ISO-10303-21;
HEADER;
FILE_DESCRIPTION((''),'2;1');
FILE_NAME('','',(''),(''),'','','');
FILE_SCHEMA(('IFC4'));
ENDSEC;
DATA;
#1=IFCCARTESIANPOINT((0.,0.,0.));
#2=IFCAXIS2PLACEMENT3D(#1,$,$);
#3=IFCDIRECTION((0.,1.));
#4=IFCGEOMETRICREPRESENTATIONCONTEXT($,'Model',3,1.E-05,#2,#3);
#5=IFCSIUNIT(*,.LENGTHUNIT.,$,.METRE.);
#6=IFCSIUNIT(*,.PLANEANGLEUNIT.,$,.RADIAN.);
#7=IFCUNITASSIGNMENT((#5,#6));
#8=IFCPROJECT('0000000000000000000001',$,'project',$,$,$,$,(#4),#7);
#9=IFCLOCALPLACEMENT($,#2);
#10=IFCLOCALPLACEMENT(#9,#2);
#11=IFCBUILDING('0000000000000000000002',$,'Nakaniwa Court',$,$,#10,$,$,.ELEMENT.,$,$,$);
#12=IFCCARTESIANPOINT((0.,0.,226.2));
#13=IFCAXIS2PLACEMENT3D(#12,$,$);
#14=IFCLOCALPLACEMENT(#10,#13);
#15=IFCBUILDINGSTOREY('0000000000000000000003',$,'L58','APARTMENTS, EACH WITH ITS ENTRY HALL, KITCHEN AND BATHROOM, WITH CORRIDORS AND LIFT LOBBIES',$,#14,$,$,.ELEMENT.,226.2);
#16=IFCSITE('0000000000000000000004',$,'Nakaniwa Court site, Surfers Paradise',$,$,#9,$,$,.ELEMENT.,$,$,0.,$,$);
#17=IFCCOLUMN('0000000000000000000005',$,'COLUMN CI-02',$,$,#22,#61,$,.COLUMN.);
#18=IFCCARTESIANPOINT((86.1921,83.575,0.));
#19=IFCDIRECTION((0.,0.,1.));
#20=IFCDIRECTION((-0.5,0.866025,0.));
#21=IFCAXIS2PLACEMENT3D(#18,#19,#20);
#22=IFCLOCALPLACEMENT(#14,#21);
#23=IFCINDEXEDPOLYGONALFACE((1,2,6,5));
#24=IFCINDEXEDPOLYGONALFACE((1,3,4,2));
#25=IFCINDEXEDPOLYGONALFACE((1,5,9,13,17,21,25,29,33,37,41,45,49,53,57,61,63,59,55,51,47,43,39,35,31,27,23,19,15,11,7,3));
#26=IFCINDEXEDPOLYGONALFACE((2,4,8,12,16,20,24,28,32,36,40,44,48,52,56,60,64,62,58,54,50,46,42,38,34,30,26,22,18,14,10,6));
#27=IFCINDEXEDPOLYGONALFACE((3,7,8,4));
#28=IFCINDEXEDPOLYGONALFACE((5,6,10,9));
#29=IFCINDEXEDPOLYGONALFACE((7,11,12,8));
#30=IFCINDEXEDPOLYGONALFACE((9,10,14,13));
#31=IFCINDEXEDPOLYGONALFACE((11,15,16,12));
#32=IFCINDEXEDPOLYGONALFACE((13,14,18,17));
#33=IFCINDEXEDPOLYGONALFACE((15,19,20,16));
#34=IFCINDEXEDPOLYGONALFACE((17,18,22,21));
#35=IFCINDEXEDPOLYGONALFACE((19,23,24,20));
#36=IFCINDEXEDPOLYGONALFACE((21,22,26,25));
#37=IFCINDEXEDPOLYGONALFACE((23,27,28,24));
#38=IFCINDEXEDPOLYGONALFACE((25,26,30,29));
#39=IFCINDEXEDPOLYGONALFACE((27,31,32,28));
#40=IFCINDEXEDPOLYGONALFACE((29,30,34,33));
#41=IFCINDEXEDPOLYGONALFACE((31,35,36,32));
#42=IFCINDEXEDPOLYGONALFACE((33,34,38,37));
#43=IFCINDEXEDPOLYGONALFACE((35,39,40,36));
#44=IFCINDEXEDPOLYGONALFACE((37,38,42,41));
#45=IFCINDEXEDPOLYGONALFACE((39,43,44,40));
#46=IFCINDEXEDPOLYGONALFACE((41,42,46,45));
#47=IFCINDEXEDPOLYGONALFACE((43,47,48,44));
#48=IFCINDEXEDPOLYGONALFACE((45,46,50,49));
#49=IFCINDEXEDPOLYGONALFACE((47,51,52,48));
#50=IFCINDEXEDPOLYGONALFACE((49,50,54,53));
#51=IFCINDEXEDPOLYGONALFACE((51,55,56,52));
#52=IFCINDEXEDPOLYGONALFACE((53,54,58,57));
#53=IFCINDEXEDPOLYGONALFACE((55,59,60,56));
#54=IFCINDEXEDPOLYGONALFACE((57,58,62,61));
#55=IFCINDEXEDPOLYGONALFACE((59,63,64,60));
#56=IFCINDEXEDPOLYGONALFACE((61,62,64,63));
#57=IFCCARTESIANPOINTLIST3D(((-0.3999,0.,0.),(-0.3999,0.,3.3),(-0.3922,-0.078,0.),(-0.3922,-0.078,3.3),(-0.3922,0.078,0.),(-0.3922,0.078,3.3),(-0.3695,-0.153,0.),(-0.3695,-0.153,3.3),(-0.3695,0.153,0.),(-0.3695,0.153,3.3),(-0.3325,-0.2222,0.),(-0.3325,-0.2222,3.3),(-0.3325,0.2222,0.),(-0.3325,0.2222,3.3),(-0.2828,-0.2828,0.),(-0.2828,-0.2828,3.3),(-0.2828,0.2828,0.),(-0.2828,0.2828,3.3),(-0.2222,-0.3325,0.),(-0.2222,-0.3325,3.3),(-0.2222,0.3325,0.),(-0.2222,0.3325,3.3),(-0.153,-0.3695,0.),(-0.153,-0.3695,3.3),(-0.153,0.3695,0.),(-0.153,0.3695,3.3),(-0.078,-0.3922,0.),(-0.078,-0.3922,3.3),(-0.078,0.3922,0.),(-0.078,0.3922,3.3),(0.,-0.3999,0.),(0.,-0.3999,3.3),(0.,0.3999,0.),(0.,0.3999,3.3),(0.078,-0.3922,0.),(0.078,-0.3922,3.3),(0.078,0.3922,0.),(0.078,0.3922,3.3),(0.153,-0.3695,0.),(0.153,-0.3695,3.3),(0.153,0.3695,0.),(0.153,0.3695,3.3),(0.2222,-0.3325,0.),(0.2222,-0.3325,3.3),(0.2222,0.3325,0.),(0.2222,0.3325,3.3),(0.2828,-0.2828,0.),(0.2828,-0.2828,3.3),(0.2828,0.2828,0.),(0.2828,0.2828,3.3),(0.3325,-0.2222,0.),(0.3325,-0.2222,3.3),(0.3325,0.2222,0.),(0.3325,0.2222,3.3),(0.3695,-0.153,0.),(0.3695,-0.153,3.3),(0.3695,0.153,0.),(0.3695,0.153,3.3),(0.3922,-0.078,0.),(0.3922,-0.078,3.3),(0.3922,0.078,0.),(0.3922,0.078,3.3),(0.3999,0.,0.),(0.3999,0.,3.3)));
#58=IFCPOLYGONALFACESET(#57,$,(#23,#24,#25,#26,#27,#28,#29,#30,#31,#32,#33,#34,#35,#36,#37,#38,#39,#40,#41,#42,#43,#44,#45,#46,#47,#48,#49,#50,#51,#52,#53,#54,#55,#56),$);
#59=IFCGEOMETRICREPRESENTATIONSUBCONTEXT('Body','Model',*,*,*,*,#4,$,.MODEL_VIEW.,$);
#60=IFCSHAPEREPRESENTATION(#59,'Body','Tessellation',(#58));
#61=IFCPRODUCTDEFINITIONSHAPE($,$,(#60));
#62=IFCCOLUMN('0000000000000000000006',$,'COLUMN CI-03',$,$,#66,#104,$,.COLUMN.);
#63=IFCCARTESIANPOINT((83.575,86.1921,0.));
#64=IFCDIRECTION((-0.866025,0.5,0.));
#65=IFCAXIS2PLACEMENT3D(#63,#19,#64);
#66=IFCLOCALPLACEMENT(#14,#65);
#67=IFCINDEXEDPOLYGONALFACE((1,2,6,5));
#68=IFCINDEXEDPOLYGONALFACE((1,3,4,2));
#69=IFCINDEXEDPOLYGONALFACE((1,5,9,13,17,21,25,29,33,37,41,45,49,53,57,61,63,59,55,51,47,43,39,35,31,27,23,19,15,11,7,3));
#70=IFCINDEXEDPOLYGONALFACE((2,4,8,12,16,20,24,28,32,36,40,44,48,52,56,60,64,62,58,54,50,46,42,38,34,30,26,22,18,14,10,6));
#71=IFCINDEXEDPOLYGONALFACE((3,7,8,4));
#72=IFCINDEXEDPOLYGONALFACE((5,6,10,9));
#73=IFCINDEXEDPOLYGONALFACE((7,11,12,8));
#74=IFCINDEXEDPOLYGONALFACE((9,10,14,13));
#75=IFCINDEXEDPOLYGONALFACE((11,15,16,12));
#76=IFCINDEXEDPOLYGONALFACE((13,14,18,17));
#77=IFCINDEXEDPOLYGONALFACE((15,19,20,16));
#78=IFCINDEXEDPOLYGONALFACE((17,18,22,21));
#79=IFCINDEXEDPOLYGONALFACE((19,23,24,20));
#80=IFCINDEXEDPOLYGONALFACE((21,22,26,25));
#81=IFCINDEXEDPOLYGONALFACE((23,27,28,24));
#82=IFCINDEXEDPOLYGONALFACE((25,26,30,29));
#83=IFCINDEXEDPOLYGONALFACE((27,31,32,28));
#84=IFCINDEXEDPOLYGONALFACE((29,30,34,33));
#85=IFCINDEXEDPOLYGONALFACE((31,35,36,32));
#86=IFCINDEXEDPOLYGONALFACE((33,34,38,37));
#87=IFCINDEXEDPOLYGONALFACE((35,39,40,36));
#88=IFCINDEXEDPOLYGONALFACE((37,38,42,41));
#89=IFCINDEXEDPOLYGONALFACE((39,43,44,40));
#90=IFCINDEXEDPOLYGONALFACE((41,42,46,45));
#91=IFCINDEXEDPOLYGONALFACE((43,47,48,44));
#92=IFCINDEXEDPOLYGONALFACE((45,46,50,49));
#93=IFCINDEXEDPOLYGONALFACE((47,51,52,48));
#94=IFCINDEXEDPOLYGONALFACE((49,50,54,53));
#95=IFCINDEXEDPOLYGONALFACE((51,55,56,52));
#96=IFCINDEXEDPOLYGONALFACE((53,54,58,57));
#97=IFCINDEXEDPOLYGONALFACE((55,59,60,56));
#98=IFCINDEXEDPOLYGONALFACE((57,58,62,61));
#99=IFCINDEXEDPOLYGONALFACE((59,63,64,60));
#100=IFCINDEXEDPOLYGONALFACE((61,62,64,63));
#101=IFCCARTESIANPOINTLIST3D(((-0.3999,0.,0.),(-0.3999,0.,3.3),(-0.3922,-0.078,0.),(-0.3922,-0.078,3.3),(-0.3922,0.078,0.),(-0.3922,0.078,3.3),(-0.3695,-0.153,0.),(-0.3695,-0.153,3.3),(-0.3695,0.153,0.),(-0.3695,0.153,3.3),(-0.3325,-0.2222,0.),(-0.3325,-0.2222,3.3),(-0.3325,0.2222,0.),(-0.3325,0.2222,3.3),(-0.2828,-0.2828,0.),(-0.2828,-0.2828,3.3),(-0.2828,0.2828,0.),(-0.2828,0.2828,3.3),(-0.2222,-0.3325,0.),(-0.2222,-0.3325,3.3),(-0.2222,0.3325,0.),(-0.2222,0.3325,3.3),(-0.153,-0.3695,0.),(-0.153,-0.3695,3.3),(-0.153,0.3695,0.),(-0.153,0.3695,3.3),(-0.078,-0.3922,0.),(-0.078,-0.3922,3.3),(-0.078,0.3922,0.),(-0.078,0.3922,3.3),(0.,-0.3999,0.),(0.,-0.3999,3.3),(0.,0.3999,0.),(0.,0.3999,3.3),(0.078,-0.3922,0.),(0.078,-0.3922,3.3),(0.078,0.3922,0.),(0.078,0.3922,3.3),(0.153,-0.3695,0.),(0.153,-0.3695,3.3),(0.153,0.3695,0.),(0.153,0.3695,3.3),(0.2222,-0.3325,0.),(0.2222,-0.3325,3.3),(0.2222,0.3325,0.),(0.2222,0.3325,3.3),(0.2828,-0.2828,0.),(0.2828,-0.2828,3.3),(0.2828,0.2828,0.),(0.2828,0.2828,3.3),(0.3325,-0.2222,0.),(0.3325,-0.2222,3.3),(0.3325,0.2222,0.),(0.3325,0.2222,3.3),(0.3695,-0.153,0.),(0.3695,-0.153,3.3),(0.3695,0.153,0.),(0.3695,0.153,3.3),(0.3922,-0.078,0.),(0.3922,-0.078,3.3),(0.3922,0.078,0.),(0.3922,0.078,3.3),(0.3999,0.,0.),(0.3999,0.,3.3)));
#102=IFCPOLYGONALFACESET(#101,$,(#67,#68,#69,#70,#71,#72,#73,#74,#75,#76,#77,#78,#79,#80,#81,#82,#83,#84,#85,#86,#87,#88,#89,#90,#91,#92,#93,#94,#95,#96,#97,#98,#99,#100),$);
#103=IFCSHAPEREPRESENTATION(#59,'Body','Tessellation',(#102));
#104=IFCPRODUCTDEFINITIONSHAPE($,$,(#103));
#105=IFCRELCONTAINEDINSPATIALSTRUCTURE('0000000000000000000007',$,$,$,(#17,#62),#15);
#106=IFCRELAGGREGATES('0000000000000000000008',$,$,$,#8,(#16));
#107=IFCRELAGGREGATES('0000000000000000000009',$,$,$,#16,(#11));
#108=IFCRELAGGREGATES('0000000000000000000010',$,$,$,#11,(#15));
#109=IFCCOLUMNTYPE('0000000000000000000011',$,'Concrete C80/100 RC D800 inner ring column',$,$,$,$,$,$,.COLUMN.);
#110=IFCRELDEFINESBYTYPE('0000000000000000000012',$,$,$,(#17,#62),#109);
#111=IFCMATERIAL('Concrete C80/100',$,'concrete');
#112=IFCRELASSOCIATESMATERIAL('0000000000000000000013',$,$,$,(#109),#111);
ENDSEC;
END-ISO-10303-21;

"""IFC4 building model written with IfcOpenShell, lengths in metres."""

from ifc_helpers import new_model, si_unit, direction, frame, origin, origin_2d, place, context, subcontext, project, spatial, circle, extrude, material, material_profile, profile_set, type_object, element, save


model = new_model("IFC4")

# Units and contexts
model_context = context("Model", 3, precision=1e-05, world=origin(), true_north=direction((0.0, 1.0)))
body_context = subcontext(model_context, "Body", "Model", "MODEL_VIEW")
ifc_project = project(units=[si_unit("LENGTHUNIT", "METRE"), si_unit("PLANEANGLEUNIT", "RADIAN")], contexts=[model_context])

# Site, building, storey
site_placement = place(None, origin())
site = spatial("IfcSite", under=ifc_project, at=site_placement, Name="Nakaniwa Court site, Surfers Paradise", CompositionType="ELEMENT", RefElevation=0.0)
building_placement = place(site_placement, origin())
building = spatial("IfcBuilding", under=site, at=building_placement, Name="Nakaniwa Court", CompositionType="ELEMENT")
storey_placement = place(building_placement, frame((0.0, 0.0, 226.2)))
storey = spatial("IfcBuildingStorey", under=building, at=storey_placement, Name="L58", Description="APARTMENTS, EACH WITH ITS ENTRY HALL, KITCHEN AND BATHROOM, WITH CORRIDORS AND LIFT LOBBIES", CompositionType="ELEMENT", Elevation=226.2)

# Columns
ifc_material_1 = material(Name="Concrete C80/100", Category="concrete")
ifc_material_profile_1 = material_profile(ifc_material_1, circle(Radius=0.3999, at=origin_2d()), Name="Concrete C80/100 RC D800 inner ring column")
ifc_profile_set_1 = profile_set([ifc_material_profile_1], Name="Concrete C80/100")
column_type = type_object("IfcColumnType", Name="Concrete C80/100 RC D800 inner ring column", PredefinedType="COLUMN", material=ifc_profile_set_1)
for number, where, z_axis, x_axis, name in (
    (1, (86.1921, 83.575, 0.0), (0.0, 0.0, 1.0), (-0.5, 0.866025, 0.0), "COLUMN CI-02"),
    (2, (83.575, 86.1921, 0.0), (0.0, 0.0, 1.0), (-0.866025, 0.5, 0.0), "COLUMN CI-03"),
):
    element("IfcColumn", number, at=place(storey_placement, frame(where, z_axis=z_axis, x_axis=x_axis)), inside=storey, type_object=column_type, Name=name, PredefinedType="COLUMN", context=body_context, shape_type="SweptSolid", body=[
        extrude(circle(Radius=0.3999, at=origin_2d()), origin(), (0.0, 0.0, 1.0), 3.3),
    ])

save(model, "model.ifc")
